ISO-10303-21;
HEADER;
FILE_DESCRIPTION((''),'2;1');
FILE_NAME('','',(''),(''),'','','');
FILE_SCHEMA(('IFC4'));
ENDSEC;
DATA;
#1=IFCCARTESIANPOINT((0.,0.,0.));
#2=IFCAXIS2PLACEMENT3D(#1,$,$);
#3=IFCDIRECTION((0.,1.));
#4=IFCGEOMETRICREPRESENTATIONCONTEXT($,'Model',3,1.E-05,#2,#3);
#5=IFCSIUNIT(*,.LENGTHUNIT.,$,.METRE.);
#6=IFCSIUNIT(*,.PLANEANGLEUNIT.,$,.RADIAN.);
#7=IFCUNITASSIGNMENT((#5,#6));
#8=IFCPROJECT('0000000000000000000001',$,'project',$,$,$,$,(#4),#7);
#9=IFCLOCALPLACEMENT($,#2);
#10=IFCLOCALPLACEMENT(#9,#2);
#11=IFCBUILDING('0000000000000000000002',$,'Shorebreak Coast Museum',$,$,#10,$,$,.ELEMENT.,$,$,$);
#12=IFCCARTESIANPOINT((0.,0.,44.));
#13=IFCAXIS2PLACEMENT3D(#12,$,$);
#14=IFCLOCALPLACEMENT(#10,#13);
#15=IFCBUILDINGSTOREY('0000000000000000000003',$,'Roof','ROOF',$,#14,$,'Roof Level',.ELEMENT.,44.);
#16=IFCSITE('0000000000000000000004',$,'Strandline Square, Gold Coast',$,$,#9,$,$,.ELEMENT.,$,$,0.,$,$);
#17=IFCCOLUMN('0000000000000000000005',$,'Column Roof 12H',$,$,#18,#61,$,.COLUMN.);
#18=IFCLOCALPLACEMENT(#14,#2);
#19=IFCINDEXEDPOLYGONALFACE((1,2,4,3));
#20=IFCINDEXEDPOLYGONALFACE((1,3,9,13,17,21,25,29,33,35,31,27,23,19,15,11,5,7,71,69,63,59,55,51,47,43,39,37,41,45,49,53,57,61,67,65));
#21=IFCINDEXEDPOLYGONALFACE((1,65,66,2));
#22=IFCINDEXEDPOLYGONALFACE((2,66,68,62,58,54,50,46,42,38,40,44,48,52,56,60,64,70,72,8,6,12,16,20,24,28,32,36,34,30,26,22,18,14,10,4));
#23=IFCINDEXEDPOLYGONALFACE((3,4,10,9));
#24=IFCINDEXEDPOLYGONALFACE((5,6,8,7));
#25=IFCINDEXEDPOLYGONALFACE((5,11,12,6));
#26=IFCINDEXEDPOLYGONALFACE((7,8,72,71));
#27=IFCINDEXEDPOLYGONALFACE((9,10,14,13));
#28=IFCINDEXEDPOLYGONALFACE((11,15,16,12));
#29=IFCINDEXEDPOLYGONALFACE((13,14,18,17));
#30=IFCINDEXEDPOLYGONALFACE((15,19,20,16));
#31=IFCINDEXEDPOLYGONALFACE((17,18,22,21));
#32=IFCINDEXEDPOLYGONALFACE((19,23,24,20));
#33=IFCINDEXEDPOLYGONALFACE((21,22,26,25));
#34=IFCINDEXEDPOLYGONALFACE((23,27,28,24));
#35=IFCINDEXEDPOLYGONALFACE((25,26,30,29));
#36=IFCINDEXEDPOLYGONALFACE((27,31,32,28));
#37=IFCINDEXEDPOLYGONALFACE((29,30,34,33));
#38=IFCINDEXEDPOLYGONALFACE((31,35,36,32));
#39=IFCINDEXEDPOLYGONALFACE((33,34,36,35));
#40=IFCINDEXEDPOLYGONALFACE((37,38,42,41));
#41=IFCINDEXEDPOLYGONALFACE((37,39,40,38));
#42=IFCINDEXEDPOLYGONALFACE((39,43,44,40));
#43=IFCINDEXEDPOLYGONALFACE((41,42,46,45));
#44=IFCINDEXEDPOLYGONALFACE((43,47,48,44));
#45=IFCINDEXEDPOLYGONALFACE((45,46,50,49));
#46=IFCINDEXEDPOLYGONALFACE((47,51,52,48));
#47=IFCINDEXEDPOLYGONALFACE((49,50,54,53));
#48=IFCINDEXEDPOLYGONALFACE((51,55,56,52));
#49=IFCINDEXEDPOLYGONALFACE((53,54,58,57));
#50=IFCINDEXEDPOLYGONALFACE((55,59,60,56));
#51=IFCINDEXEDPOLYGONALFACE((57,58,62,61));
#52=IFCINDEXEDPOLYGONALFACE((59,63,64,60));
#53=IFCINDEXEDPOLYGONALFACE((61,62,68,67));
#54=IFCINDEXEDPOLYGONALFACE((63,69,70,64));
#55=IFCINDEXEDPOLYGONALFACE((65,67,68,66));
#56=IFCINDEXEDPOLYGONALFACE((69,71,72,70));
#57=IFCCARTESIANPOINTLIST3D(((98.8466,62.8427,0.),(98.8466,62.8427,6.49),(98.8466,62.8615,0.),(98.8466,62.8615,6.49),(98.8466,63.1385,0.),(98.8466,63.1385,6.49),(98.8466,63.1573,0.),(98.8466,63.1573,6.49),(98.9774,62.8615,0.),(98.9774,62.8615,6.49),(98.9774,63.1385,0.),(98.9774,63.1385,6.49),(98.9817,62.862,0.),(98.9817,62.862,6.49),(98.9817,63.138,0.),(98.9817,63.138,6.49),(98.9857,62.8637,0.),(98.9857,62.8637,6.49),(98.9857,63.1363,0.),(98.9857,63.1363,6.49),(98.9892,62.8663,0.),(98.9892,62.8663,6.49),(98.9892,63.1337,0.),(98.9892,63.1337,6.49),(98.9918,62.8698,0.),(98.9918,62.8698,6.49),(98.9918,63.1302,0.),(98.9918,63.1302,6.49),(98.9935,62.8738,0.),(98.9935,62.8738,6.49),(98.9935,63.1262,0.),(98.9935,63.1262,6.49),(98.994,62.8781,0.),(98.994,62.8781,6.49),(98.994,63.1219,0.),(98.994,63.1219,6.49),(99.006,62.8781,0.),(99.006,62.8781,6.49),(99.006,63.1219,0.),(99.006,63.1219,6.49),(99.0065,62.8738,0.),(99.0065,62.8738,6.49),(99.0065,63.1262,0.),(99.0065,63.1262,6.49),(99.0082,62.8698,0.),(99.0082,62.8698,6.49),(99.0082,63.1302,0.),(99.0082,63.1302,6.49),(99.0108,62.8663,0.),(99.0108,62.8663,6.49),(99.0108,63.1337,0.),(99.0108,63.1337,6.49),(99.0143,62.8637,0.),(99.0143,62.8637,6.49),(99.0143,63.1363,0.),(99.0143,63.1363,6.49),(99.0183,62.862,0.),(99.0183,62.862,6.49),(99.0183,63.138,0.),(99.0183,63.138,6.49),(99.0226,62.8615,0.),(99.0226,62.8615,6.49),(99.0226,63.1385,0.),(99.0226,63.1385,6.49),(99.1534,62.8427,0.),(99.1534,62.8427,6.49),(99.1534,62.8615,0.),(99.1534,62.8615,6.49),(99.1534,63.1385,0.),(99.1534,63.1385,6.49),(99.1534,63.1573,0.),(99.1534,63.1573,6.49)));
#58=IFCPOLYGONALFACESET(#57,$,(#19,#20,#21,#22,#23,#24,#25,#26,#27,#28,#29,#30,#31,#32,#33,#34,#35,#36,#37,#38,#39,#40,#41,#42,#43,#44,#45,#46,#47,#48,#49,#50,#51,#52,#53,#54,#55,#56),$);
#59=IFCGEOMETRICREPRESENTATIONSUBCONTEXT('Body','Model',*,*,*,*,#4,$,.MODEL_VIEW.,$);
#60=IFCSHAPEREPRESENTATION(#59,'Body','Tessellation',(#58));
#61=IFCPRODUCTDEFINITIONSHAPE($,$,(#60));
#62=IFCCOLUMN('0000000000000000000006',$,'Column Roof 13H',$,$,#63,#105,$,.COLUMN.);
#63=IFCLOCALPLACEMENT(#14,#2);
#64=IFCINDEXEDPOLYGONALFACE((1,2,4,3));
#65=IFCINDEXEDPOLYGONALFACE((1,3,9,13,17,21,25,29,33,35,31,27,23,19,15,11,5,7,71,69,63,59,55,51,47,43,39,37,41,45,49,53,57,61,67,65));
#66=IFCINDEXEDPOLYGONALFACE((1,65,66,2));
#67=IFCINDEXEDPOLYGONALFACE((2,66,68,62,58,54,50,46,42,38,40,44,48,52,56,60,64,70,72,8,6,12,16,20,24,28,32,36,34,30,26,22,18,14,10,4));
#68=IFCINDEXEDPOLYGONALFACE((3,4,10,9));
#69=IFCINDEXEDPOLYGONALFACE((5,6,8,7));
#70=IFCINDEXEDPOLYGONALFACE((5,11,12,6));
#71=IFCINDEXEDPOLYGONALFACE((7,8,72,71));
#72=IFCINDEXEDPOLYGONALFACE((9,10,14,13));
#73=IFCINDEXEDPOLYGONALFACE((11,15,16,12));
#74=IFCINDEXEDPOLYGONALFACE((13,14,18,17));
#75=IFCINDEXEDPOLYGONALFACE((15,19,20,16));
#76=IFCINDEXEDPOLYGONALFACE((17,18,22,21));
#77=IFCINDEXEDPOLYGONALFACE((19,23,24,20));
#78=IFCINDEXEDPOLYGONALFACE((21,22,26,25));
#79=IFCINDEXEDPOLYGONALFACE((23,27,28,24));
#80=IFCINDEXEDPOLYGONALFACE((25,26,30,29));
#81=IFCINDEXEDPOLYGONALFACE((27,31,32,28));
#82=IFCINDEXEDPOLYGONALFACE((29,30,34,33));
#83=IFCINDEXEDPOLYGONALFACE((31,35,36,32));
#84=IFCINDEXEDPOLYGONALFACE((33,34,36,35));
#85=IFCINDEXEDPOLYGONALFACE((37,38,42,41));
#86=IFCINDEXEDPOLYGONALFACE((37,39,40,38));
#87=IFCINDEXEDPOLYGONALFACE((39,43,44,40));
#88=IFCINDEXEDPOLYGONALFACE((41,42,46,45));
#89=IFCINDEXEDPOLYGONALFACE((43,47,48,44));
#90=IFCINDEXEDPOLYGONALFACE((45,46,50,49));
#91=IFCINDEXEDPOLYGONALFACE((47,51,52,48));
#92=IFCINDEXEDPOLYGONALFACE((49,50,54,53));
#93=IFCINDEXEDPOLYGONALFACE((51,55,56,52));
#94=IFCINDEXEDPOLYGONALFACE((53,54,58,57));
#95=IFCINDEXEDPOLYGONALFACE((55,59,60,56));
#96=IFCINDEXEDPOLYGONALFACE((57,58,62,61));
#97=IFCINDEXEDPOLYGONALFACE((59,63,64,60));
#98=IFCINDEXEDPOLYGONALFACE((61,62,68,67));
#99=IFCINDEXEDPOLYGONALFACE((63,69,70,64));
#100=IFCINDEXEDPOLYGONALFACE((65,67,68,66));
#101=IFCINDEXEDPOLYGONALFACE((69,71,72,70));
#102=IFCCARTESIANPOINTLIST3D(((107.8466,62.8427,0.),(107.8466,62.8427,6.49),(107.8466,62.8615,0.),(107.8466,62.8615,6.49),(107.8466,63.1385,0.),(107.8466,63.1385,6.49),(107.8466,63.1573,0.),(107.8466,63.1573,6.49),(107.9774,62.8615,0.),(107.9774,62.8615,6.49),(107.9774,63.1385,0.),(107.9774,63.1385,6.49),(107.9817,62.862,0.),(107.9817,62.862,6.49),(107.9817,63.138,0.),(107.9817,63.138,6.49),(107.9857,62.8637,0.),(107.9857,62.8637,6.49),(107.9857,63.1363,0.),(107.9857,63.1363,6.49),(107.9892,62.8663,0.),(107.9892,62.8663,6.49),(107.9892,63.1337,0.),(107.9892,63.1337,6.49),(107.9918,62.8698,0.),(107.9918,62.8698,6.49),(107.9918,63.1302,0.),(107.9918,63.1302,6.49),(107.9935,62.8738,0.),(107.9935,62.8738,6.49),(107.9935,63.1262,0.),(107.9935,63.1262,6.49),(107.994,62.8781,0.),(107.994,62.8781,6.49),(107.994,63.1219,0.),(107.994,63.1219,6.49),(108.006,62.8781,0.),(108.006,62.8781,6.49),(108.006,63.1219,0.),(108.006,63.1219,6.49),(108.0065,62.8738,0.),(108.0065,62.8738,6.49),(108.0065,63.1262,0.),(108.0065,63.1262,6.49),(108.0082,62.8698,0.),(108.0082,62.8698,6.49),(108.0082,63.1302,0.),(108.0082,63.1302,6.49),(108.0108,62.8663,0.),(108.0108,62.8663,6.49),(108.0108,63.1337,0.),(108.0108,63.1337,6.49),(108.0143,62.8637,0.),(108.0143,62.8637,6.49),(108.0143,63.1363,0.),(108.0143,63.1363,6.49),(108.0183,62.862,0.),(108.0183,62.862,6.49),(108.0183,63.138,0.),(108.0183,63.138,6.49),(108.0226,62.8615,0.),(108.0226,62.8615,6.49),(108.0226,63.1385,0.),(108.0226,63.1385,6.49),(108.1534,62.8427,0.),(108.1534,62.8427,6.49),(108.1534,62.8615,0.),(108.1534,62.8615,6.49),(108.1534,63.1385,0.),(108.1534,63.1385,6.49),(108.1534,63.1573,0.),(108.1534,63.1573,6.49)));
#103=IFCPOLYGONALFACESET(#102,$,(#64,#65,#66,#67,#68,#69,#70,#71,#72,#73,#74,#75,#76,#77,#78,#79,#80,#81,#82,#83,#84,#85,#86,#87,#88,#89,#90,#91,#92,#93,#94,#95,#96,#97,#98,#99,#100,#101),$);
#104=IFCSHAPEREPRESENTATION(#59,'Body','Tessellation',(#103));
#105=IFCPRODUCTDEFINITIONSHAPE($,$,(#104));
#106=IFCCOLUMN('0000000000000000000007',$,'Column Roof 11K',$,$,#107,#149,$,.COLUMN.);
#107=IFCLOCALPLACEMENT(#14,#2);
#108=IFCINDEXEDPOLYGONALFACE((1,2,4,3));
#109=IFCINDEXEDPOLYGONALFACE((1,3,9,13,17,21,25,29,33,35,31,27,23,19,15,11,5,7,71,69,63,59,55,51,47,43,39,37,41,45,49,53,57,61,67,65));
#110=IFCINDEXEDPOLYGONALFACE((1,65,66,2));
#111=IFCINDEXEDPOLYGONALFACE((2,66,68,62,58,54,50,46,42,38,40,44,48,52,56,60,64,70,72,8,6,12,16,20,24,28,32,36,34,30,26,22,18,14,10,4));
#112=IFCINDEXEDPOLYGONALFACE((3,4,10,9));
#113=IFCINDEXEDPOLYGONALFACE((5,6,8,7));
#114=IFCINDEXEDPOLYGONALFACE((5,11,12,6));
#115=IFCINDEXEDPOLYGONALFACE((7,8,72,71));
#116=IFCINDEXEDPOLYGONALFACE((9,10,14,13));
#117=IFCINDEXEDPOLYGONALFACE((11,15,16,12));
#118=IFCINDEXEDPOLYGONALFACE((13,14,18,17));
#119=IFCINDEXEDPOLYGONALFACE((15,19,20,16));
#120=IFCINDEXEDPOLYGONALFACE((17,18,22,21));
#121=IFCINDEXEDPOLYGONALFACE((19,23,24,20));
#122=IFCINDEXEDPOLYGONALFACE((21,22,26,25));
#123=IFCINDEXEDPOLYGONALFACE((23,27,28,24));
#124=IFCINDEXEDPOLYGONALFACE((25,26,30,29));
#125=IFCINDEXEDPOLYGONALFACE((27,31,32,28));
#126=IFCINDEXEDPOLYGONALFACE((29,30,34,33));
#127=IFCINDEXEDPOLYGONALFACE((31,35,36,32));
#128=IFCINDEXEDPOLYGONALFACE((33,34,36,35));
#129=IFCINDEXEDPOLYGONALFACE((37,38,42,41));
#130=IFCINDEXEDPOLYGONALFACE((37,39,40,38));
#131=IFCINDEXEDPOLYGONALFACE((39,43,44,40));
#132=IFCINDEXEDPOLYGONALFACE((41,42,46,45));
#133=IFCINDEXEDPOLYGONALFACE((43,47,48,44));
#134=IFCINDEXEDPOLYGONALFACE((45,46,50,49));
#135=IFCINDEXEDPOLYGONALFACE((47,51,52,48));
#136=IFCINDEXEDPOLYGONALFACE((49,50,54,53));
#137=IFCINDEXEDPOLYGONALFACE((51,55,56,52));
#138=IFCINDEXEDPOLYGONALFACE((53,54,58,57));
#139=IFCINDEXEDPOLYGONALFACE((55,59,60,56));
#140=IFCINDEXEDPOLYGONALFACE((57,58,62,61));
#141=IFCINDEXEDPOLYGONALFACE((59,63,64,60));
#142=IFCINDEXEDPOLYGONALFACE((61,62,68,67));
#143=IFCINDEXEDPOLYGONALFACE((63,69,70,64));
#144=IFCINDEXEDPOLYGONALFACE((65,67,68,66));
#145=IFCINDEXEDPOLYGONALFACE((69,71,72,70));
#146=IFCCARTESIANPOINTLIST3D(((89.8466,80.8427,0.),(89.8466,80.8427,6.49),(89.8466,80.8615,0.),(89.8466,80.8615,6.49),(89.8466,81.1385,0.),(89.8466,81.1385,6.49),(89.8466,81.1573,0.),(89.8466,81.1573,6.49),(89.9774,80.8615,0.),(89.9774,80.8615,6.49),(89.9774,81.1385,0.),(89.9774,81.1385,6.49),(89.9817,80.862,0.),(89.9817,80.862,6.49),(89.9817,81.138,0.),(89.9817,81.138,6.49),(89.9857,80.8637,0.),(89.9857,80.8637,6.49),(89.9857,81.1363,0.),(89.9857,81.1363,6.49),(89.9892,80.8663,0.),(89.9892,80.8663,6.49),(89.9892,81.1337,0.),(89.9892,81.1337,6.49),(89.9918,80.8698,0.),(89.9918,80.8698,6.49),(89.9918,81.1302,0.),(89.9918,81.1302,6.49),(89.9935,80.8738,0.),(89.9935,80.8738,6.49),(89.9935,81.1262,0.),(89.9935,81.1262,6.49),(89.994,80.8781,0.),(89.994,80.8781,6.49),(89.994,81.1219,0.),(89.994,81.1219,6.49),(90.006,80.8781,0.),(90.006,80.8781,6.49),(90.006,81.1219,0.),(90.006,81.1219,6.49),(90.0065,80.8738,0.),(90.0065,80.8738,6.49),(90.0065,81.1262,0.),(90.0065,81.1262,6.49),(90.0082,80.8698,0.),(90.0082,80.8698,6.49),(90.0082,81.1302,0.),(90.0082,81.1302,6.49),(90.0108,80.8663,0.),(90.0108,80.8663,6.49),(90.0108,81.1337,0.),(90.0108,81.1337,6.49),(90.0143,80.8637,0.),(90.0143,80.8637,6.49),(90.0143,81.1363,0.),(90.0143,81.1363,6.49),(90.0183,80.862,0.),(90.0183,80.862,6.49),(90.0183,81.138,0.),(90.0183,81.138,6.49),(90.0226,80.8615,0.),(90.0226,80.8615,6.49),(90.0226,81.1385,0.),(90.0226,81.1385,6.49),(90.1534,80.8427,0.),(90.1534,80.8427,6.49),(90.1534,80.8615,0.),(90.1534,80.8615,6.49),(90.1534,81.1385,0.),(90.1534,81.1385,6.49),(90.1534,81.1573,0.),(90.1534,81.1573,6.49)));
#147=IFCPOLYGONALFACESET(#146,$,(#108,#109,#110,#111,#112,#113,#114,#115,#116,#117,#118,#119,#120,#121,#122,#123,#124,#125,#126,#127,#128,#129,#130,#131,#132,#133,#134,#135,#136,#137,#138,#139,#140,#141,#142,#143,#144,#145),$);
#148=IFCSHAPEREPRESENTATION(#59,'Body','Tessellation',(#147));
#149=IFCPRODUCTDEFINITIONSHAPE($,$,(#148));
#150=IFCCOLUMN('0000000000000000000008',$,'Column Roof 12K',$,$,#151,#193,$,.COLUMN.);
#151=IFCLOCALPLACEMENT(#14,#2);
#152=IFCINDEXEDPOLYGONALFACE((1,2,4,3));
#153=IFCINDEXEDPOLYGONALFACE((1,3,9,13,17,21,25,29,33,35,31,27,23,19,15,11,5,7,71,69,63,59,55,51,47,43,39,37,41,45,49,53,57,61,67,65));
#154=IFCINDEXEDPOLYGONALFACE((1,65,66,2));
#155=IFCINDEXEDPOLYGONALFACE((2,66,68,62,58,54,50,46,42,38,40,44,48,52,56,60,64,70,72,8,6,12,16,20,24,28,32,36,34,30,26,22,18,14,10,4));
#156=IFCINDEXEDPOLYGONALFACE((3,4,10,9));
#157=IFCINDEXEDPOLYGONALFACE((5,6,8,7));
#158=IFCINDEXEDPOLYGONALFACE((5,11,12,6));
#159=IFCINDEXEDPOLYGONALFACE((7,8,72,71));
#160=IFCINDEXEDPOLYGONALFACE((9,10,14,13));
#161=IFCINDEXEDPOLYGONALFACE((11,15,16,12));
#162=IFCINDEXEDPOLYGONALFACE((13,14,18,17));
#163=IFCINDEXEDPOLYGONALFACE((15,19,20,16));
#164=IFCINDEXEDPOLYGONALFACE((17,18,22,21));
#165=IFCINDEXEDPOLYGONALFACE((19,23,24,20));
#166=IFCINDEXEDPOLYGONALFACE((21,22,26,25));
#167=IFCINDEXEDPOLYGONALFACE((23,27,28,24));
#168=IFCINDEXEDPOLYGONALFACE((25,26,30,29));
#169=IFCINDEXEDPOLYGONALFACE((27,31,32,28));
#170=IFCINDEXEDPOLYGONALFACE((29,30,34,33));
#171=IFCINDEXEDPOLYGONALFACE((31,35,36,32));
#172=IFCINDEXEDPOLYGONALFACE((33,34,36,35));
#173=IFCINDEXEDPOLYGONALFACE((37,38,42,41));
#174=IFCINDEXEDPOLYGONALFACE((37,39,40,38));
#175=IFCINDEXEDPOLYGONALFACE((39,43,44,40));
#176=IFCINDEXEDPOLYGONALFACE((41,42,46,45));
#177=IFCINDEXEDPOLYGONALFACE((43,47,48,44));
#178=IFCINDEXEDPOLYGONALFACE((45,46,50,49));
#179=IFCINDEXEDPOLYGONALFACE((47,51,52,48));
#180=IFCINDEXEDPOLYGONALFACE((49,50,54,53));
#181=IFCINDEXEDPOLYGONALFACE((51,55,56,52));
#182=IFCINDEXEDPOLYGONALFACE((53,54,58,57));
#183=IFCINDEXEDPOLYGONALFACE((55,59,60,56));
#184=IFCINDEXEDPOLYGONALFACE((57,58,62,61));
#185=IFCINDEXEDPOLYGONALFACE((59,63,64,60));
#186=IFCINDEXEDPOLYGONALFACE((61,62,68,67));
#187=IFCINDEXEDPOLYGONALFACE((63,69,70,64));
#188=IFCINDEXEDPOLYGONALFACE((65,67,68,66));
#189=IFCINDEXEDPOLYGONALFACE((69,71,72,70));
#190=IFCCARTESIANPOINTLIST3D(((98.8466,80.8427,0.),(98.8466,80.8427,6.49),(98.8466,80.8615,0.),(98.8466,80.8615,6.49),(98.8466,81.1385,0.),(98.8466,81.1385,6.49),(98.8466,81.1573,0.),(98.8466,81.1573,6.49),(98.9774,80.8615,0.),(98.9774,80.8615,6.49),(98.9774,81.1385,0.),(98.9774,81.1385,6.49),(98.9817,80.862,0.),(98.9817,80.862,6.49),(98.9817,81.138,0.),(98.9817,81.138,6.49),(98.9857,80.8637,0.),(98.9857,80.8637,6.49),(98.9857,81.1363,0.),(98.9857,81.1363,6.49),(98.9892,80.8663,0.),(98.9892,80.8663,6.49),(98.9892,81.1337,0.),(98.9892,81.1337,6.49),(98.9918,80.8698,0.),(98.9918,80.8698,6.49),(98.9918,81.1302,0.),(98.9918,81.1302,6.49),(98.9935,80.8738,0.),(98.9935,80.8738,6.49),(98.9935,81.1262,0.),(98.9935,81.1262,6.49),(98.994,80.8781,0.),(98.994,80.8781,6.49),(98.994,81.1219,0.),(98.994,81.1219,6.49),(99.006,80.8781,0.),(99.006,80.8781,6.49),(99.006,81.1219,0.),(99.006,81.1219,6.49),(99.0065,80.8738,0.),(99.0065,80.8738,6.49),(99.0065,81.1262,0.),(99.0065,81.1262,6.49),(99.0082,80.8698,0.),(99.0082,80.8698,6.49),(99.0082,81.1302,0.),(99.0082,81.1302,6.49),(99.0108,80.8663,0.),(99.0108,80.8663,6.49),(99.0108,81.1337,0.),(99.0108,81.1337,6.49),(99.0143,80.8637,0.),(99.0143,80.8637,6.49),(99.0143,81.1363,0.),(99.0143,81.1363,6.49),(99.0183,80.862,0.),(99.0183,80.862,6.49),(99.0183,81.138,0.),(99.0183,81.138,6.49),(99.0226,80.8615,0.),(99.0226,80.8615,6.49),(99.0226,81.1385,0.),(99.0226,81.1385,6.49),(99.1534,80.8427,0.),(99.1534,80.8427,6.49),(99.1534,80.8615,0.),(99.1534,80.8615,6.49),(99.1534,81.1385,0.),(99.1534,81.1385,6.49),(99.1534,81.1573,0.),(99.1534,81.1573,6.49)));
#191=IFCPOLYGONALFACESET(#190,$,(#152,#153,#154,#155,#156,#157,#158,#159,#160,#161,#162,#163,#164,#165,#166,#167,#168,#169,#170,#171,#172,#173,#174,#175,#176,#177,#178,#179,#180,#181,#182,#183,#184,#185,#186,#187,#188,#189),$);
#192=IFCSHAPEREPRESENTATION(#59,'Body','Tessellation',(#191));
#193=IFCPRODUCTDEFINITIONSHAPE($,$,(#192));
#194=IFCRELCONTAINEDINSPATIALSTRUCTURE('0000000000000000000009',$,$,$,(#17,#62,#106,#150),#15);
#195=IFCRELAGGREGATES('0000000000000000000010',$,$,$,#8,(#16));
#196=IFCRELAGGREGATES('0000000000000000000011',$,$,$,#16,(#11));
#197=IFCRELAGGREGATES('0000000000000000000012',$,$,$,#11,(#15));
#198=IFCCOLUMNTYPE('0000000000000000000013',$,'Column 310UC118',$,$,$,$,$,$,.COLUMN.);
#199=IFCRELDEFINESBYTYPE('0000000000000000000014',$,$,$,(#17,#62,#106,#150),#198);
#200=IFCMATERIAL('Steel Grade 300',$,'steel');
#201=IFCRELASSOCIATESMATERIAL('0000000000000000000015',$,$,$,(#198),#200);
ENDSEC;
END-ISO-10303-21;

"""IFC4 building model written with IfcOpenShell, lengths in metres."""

from ifc_helpers import new_model, si_unit, direction, frame, origin, origin_2d, place, context, subcontext, project, spatial, i_section, extrude, material, material_profile, profile_set, type_object, element, save


model = new_model("IFC4")

# Units and contexts
model_context = context("Model", 3, precision=1e-05, world=origin(), true_north=direction((0.0, 1.0)))
body_context = subcontext(model_context, "Body", "Model", "MODEL_VIEW")
ifc_project = project(units=[si_unit("LENGTHUNIT", "METRE"), si_unit("PLANEANGLEUNIT", "RADIAN")], contexts=[model_context])

# Site, building, storey
site_placement = place(None, origin())
site = spatial("IfcSite", under=ifc_project, at=site_placement, Name="Strandline Square, Gold Coast", CompositionType="ELEMENT", RefElevation=0.0)
building_placement = place(site_placement, origin())
building = spatial("IfcBuilding", under=site, at=building_placement, Name="Shorebreak Coast Museum", CompositionType="ELEMENT")
storey_placement = place(building_placement, frame((0.0, 0.0, 44.0)))
storey = spatial("IfcBuildingStorey", under=building, at=storey_placement, Name="Roof", Description="ROOF", LongName="Roof Level", CompositionType="ELEMENT", Elevation=44.0)

# Columns
ifc_material_1 = material(Name="Steel Grade 300", Category="steel")
ifc_material_profile_1 = material_profile(ifc_material_1, i_section(OverallWidth=0.3069, OverallDepth=0.3147, WebThickness=0.012, FlangeThickness=0.0188, FilletRadius=0.0166, at=origin_2d()), Name="310UC118")
ifc_profile_set_1 = profile_set([ifc_material_profile_1], Name="Steel Grade 300")
column_type_1 = type_object("IfcColumnType", Name="Column 310UC118", PredefinedType="COLUMN", material=ifc_profile_set_1)
for number, where, z_axis, x_axis, name in (
    (1, (99.0, 63.0, 0.0), (0.0, 0.0, 1.0), (1.0, 0.0, 0.0), "Column Roof 12H"),
    (2, (108.0, 63.0, 0.0), (0.0, 0.0, 1.0), (1.0, 0.0, 0.0), "Column Roof 13H"),
    (3, (90.0, 81.0, 0.0), (0.0, 0.0, 1.0), (1.0, 0.0, 0.0), "Column Roof 11K"),
    (4, (99.0, 81.0, 0.0), (0.0, 0.0, 1.0), (1.0, 0.0, 0.0), "Column Roof 12K"),
):
    element("IfcColumn", number, at=place(storey_placement, frame(where, z_axis=z_axis, x_axis=x_axis)), inside=storey, type_object=column_type_1, Name=name, PredefinedType="COLUMN", context=body_context, shape_type="SweptSolid", body=[
        extrude(i_section(OverallWidth=0.3069, OverallDepth=0.3147, WebThickness=0.012, FlangeThickness=0.0188, FilletRadius=0.0166, at=origin_2d()), origin(), (0.0, 0.0, 1.0), 6.49),
    ])

save(model, "model.ifc")
